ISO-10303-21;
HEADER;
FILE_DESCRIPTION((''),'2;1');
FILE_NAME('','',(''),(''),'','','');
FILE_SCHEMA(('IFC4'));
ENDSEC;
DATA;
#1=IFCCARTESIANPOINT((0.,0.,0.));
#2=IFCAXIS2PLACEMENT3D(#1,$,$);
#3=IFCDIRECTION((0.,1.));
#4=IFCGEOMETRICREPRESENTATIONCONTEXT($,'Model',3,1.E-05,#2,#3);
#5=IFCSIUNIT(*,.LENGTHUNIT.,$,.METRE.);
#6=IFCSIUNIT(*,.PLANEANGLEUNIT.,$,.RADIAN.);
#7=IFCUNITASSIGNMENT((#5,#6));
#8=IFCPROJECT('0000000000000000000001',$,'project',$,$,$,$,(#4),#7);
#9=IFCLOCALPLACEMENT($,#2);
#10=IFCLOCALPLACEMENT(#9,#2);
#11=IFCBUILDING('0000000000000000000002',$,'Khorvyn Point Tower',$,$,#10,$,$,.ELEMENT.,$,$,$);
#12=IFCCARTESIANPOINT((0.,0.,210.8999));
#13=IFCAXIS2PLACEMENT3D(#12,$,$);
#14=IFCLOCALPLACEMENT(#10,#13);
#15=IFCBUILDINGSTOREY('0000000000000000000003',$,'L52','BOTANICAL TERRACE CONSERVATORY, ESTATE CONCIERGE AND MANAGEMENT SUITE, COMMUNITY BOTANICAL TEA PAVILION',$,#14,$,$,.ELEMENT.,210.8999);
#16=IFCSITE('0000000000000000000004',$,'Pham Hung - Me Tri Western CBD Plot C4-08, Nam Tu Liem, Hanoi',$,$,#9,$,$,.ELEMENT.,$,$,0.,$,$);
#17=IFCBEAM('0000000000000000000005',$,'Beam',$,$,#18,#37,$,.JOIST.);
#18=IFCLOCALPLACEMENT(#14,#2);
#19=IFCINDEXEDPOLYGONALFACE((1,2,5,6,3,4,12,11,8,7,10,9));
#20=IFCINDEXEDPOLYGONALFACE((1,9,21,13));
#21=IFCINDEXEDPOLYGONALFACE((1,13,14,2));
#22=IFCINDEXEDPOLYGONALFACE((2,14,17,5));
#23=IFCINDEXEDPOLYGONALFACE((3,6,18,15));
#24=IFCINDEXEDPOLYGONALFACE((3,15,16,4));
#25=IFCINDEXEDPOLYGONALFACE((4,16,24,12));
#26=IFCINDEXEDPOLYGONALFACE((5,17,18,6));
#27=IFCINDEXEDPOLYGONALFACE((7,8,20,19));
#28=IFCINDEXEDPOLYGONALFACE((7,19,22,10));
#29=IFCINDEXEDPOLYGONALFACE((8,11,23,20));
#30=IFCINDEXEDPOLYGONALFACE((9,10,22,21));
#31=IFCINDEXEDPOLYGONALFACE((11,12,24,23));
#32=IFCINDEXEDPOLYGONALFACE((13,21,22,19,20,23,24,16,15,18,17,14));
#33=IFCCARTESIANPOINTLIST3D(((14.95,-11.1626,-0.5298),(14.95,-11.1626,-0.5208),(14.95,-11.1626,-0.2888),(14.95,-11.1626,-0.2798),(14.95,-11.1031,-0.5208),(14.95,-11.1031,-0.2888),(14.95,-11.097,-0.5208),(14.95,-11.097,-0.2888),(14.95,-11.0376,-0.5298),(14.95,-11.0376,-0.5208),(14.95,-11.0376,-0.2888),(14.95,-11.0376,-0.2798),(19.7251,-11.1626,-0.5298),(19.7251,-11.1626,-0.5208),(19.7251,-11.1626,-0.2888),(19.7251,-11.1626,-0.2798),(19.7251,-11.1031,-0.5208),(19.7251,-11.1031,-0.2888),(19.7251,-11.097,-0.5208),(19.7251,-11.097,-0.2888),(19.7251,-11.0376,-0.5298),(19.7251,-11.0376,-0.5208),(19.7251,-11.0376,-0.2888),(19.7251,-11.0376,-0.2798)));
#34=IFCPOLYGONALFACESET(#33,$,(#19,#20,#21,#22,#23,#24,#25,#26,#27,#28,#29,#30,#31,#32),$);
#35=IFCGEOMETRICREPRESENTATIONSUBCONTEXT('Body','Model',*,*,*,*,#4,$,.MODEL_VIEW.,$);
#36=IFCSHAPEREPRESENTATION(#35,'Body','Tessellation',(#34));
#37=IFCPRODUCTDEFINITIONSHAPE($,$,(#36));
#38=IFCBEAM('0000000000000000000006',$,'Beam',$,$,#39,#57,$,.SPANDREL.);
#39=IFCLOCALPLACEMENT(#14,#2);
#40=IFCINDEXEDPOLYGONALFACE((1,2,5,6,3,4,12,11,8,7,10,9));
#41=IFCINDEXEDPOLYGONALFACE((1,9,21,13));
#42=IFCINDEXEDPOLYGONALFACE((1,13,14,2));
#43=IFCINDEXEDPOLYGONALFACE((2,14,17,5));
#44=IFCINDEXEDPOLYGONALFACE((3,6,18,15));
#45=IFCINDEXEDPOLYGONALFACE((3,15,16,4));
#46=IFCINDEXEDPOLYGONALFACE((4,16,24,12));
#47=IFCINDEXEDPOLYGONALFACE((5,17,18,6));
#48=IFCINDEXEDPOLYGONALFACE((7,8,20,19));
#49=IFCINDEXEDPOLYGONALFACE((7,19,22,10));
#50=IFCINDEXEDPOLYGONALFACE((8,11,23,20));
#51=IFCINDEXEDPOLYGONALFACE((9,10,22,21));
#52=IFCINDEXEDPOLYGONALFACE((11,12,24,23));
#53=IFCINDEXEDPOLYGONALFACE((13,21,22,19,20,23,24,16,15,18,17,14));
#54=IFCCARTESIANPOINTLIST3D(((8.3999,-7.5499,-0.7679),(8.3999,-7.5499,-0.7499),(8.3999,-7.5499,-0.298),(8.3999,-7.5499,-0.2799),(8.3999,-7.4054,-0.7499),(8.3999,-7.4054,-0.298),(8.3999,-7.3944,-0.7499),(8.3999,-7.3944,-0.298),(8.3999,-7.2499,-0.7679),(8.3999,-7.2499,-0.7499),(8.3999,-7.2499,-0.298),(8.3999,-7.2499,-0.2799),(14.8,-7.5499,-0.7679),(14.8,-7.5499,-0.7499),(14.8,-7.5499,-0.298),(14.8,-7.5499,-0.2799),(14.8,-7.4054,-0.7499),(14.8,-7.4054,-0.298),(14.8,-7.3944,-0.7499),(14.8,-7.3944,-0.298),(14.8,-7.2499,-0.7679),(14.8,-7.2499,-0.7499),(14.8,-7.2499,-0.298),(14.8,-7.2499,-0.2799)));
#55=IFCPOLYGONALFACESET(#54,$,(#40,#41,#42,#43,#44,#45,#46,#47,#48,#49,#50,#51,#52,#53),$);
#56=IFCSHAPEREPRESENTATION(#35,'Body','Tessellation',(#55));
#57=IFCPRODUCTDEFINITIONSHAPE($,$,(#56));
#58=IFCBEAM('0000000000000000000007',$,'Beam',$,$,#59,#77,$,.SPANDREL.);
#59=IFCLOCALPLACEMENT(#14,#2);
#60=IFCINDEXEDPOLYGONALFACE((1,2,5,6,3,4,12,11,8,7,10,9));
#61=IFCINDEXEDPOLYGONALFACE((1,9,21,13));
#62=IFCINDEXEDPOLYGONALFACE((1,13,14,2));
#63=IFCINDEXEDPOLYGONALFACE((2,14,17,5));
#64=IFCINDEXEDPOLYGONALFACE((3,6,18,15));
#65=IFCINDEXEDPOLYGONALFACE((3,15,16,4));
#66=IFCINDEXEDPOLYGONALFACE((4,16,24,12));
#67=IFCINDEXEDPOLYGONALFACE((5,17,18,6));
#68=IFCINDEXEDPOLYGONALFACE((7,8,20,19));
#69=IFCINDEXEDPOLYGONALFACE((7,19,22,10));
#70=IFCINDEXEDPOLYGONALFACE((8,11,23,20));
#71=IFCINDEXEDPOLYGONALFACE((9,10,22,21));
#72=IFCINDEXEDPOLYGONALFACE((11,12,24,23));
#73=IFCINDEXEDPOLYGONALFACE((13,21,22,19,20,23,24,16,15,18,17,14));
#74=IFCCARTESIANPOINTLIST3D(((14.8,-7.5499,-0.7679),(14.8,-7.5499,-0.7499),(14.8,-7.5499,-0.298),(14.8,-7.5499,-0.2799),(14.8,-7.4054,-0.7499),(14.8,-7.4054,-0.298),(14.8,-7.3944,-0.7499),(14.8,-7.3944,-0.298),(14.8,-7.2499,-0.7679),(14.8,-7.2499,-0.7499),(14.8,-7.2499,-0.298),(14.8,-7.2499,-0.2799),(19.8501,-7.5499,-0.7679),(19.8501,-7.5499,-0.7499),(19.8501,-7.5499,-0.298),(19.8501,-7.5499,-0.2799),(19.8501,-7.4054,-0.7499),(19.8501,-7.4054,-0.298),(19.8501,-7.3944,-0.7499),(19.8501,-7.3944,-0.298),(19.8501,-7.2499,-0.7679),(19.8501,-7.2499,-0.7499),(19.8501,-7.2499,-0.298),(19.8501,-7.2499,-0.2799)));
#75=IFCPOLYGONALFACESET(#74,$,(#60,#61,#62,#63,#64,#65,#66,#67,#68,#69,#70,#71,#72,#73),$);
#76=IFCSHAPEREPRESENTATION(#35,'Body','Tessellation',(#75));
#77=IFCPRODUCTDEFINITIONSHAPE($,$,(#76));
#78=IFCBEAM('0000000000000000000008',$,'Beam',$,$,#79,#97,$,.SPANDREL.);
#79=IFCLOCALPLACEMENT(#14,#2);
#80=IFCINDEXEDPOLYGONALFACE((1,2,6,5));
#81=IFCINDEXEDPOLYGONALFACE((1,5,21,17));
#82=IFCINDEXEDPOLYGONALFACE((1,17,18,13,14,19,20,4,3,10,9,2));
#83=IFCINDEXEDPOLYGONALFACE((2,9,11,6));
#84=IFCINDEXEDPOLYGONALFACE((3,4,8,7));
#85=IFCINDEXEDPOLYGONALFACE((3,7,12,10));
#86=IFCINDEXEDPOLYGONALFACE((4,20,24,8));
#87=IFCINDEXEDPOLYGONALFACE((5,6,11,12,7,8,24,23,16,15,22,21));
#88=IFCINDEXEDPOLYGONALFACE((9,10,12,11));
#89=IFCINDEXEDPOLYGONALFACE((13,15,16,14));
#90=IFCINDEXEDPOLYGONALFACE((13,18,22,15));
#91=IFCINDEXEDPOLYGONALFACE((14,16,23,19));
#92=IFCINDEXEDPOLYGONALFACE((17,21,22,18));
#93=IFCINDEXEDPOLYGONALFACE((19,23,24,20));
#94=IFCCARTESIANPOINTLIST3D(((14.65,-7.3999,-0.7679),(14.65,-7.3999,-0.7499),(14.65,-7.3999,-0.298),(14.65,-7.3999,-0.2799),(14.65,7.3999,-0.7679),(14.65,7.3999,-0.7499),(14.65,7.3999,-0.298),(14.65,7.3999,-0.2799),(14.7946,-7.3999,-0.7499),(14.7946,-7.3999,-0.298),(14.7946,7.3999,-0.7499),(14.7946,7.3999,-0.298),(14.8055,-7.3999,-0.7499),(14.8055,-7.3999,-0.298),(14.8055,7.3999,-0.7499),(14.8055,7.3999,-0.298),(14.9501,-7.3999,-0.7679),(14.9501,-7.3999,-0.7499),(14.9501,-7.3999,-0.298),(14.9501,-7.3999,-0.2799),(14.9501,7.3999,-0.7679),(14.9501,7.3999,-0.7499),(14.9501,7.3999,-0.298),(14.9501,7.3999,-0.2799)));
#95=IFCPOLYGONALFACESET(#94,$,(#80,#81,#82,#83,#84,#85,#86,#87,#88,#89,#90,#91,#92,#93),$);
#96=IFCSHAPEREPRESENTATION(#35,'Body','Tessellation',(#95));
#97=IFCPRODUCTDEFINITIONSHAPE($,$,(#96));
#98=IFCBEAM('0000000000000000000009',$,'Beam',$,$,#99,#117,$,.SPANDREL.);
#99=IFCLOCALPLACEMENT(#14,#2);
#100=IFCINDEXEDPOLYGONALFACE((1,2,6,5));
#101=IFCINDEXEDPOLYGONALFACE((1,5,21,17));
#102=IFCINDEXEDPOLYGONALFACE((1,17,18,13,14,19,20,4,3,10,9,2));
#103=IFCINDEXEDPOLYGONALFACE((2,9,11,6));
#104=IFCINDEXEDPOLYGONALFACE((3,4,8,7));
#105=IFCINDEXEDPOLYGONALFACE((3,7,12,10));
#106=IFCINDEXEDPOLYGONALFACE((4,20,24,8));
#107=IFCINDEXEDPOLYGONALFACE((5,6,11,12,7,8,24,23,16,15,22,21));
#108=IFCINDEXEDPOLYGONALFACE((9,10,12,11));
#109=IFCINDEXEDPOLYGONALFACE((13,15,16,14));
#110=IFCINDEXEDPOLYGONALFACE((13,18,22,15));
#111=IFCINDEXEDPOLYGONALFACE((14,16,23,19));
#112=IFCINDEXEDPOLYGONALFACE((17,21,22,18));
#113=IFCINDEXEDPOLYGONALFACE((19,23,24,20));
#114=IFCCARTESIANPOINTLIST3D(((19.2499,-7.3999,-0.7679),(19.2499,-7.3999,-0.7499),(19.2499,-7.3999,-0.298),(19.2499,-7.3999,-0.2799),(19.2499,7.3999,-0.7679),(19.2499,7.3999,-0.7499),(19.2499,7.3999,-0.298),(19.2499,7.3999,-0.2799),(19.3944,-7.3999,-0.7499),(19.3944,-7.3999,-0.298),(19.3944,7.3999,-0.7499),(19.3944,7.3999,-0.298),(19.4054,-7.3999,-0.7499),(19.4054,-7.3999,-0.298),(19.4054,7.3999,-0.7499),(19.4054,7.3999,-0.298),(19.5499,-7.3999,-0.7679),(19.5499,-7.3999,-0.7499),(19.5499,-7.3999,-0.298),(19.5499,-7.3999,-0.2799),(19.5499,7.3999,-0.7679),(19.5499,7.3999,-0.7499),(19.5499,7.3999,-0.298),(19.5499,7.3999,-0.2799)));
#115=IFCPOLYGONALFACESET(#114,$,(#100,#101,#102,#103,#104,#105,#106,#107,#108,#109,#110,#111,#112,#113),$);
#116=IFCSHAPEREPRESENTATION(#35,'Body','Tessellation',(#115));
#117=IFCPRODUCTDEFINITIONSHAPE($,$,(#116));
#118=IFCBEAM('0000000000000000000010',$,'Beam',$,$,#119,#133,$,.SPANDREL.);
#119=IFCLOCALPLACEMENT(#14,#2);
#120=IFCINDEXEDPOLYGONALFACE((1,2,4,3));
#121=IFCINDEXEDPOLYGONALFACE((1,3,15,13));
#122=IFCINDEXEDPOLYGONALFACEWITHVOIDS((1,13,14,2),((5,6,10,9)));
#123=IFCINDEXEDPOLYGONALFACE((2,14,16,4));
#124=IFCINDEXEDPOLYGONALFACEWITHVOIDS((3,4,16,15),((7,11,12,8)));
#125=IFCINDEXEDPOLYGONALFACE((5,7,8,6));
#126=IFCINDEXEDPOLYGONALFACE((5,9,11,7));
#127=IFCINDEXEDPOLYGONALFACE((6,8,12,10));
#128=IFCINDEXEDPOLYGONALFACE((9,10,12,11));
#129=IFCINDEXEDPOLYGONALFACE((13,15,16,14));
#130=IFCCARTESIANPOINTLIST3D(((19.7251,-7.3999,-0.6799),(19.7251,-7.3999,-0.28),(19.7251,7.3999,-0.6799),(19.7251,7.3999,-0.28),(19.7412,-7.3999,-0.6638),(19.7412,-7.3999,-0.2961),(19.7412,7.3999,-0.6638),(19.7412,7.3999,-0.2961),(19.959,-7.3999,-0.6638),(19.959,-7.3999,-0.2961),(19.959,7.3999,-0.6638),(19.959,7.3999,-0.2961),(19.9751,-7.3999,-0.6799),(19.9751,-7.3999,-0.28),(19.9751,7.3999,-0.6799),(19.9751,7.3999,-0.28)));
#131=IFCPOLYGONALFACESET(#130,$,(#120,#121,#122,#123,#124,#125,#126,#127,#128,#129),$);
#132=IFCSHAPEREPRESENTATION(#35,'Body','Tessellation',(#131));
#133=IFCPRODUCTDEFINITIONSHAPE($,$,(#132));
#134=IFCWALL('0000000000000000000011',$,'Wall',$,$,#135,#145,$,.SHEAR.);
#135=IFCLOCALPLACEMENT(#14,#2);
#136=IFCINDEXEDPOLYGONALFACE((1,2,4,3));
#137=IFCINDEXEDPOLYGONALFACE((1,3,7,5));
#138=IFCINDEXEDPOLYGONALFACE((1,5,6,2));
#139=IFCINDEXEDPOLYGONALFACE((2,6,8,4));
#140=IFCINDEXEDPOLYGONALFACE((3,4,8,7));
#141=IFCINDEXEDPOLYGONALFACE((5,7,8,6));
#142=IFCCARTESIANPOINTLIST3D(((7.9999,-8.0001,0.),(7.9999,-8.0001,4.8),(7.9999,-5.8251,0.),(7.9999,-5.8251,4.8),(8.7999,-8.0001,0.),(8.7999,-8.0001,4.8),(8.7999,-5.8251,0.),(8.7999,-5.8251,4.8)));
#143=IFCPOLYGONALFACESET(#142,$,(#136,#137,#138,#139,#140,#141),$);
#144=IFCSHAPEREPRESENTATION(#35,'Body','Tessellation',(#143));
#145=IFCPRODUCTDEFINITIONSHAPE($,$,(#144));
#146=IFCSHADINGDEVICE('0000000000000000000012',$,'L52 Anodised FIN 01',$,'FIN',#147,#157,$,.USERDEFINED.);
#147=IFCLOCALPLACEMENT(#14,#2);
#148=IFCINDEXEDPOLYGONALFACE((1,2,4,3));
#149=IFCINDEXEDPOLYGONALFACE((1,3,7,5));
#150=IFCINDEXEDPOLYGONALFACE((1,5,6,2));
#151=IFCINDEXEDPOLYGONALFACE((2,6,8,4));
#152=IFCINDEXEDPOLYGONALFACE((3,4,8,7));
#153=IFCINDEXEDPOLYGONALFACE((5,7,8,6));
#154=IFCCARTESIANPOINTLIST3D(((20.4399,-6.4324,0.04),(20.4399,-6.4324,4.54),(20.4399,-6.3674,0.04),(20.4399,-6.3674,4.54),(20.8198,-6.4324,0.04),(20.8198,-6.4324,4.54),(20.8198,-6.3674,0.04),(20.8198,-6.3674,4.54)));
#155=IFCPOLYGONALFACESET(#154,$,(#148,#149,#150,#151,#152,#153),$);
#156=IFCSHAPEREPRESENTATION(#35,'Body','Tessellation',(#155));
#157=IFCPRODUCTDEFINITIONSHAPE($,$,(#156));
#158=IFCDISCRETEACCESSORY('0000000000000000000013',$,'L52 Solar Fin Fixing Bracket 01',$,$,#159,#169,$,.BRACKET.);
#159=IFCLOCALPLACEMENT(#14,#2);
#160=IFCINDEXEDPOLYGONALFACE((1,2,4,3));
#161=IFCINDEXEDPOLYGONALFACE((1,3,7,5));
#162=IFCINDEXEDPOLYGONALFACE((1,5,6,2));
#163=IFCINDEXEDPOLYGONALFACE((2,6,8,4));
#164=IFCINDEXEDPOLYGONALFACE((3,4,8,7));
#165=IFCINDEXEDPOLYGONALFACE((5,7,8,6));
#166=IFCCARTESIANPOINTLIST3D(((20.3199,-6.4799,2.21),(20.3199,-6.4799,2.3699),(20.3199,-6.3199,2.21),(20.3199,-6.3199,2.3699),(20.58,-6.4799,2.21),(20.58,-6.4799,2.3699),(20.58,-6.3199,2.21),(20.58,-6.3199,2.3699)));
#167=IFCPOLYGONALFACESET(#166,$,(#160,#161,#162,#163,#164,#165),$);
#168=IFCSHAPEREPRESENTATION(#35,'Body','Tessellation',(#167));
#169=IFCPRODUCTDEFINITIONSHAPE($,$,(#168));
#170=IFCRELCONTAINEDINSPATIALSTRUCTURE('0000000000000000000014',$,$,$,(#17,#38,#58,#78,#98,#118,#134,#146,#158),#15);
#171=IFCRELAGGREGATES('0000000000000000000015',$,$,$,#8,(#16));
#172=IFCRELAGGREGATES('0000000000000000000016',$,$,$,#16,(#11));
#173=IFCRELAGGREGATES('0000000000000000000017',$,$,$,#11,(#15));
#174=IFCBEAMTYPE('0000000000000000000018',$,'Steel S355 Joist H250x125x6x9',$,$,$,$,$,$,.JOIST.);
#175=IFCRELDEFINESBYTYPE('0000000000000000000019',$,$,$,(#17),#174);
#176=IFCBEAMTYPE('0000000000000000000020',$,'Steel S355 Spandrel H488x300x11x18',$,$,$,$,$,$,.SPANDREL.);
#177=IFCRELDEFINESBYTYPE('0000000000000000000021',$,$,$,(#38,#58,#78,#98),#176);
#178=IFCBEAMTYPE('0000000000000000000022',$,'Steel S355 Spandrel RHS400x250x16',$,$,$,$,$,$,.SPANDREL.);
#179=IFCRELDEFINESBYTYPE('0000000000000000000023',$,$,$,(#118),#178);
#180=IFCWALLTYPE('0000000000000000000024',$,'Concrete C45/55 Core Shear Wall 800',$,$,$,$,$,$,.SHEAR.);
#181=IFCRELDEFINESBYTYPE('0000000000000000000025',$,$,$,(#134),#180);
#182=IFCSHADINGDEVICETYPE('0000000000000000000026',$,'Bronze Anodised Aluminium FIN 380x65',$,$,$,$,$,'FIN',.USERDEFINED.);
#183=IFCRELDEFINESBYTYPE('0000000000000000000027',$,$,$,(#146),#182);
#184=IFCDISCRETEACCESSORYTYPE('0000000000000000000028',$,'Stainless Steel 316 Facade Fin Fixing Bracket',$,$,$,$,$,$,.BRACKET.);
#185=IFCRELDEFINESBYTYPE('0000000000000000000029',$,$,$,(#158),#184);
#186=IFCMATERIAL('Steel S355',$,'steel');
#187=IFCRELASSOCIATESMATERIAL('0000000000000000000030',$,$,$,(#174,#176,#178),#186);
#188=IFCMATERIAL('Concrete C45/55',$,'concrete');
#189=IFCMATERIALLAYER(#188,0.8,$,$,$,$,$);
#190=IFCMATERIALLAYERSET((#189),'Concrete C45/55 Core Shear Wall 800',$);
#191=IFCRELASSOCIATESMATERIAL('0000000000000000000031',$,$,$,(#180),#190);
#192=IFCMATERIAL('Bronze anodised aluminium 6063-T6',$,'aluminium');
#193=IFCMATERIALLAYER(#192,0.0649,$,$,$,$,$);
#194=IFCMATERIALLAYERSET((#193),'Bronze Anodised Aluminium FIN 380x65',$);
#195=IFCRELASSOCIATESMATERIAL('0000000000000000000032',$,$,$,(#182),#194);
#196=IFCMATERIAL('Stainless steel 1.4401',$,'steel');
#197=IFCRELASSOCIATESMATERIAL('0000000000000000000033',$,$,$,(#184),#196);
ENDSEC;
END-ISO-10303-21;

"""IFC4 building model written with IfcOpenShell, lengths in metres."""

from ifc_helpers import new_model, si_unit, direction, frame, frame_2d, origin, origin_2d, place, context, subcontext, project, spatial, rectangle, hollow_rectangle, i_section, extrude, material, layer, layer_set, material_profile, profile_set, type_object, element, save


model = new_model("IFC4")

# Units and contexts
model_context = context("Model", 3, precision=1e-05, world=origin(), true_north=direction((0.0, 1.0)))
body_context = subcontext(model_context, "Body", "Model", "MODEL_VIEW")
ifc_project = project(units=[si_unit("LENGTHUNIT", "METRE"), si_unit("PLANEANGLEUNIT", "RADIAN")], contexts=[model_context])

# Site, building, storey
site_placement = place(None, origin())
site = spatial("IfcSite", under=ifc_project, at=site_placement, Name="Pham Hung - Me Tri Western CBD Plot C4-08, Nam Tu Liem, Hanoi", CompositionType="ELEMENT", RefElevation=0.0)
building_placement = place(site_placement, origin())
building = spatial("IfcBuilding", under=site, at=building_placement, Name="Khorvyn Point Tower", CompositionType="ELEMENT")
storey_placement = place(building_placement, frame((0.0, 0.0, 210.8999)))
storey = spatial("IfcBuildingStorey", under=building, at=storey_placement, Name="L52", Description="BOTANICAL TERRACE CONSERVATORY, ESTATE CONCIERGE AND MANAGEMENT SUITE, COMMUNITY BOTANICAL TEA PAVILION", CompositionType="ELEMENT", Elevation=210.8999)

# Shared definitions
ifc_material_1 = material(Name="Concrete C45/55", Category="concrete")

# Beams
ifc_material_2 = material(Name="Steel S355", Category="steel")
ifc_material_profile_1 = material_profile(ifc_material_2, i_section(OverallWidth=0.125, OverallDepth=0.25, WebThickness=0.0061, FlangeThickness=0.009, at=origin_2d()))
ifc_profile_set_1 = profile_set([ifc_material_profile_1], Name="Steel S355 H250x125x6x9")
beam_type_1 = type_object("IfcBeamType", Name="Steel S355 Joist H250x125x6x9", PredefinedType="JOIST", material=ifc_profile_set_1)
beam_1_placement = place(storey_placement, frame((14.95, -11.1001, -0.4048), z_axis=(1.0, 0.0, 0.0), x_axis=(0.0, 1.0, 0.0)))
element("IfcBeam", 1, at=beam_1_placement, inside=storey, type_object=beam_type_1, Name="Beam", PredefinedType="JOIST", context=body_context, shape_type="SweptSolid", body=[
    extrude(i_section(OverallWidth=0.125, OverallDepth=0.25, WebThickness=0.0061, FlangeThickness=0.009, at=origin_2d()), origin(), (0.0, 0.0, 1.0), 4.7751),
])
ifc_material_profile_2 = material_profile(ifc_material_2, i_section(OverallWidth=0.3, OverallDepth=0.488, WebThickness=0.011, FlangeThickness=0.0181, at=origin_2d()))
ifc_profile_set_2 = profile_set([ifc_material_profile_2], Name="Steel S355 H488x300x11x18")
beam_type_2 = type_object("IfcBeamType", Name="Steel S355 Spandrel H488x300x11x18", PredefinedType="SPANDREL", material=ifc_profile_set_2)
beam_2_placement = place(storey_placement, frame((8.3999, -7.3999, -0.5239), z_axis=(1.0, 0.0, 0.0), x_axis=(0.0, 1.0, 0.0)))
element("IfcBeam", 2, at=beam_2_placement, inside=storey, type_object=beam_type_2, Name="Beam", PredefinedType="SPANDREL", context=body_context, shape_type="SweptSolid", body=[
    extrude(i_section(OverallWidth=0.3, OverallDepth=0.488, WebThickness=0.011, FlangeThickness=0.0181, at=origin_2d()), origin(), (0.0, 0.0, 1.0), 6.4001),
])
beam_3_placement = place(storey_placement, frame((14.8, -7.3999, -0.5239), z_axis=(1.0, 0.0, 0.0), x_axis=(0.0, 1.0, 0.0)))
element("IfcBeam", 3, at=beam_3_placement, inside=storey, type_object=beam_type_2, Name="Beam", PredefinedType="SPANDREL", context=body_context, shape_type="SweptSolid", body=[
    extrude(i_section(OverallWidth=0.3, OverallDepth=0.488, WebThickness=0.011, FlangeThickness=0.0181, at=origin_2d()), origin(), (0.0, 0.0, 1.0), 5.05),
])
for number, where, z_axis, x_axis, name in (
    (4, (14.8, -7.3999, -0.5239), (0.0, 1.0, 0.0), (-1.0, 0.0, 0.0), "Beam"),
    (5, (19.3999, -7.3999, -0.5239), (0.0, 1.0, 0.0), (-1.0, 0.0, 0.0), "Beam"),
):
    element("IfcBeam", number, at=place(storey_placement, frame(where, z_axis=z_axis, x_axis=x_axis)), inside=storey, type_object=beam_type_2, Name=name, PredefinedType="SPANDREL", context=body_context, shape_type="SweptSolid", body=[
        extrude(i_section(OverallWidth=0.3, OverallDepth=0.488, WebThickness=0.011, FlangeThickness=0.0181, at=origin_2d()), origin(), (0.0, 0.0, 1.0), 14.7998),
    ])
ifc_material_profile_3 = material_profile(ifc_material_2, hollow_rectangle(XDim=0.25, YDim=0.3999, WallThickness=0.0161, at=origin_2d()))
ifc_profile_set_3 = profile_set([ifc_material_profile_3], Name="Steel S355 RHS400x250x16")
beam_type_3 = type_object("IfcBeamType", Name="Steel S355 Spandrel RHS400x250x16", PredefinedType="SPANDREL", material=ifc_profile_set_3)
beam_4_placement = place(storey_placement, frame((19.8501, -7.3999, -0.48), z_axis=(0.0, 1.0, 0.0), x_axis=(-1.0, 0.0, 0.0)))
element("IfcBeam", 6, at=beam_4_placement, inside=storey, type_object=beam_type_3, Name="Beam", PredefinedType="SPANDREL", context=body_context, shape_type="SweptSolid", body=[
    extrude(hollow_rectangle(XDim=0.25, YDim=0.3999, WallThickness=0.0161, at=origin_2d()), origin(), (0.0, 0.0, 1.0), 14.7998),
])

# Wall
ifc_layer_1 = layer(ifc_material_1, 0.8)
ifc_layer_set_1 = layer_set([ifc_layer_1], Name="Concrete C45/55 Core Shear Wall 800")
wall_type = type_object("IfcWallType", Name="Concrete C45/55 Core Shear Wall 800", PredefinedType="SHEAR", material=ifc_layer_set_1)
wall_placement = place(storey_placement, frame((8.3999, -8.0, 0.0), z_axis=(0.0, 0.0, 1.0), x_axis=(0.0, 1.0, 0.0)))
element("IfcWall", 7, at=wall_placement, inside=storey, type_object=wall_type, Name="Wall", PredefinedType="SHEAR", context=body_context, shape_type="SweptSolid", body=[
    extrude(rectangle(XDim=2.175, YDim=0.8, at=frame_2d((1.0874, 0.0))), origin(), (0.0, 0.0, 1.0), 4.8),
])

# Shading device
ifc_material_3 = material(Name="Bronze anodised aluminium 6063-T6", Category="aluminium")
ifc_layer_2 = layer(ifc_material_3, 0.0649)
ifc_layer_set_2 = layer_set([ifc_layer_2], Name="Bronze Anodised Aluminium FIN 380x65")
shading_device_type = type_object("IfcShadingDeviceType", Name="Bronze Anodised Aluminium FIN 380x65", ElementType="FIN", PredefinedType="USERDEFINED", material=ifc_layer_set_2)
shading_device_placement = place(storey_placement, frame((20.6299, -6.3999, 0.04), z_axis=(0.0, 0.0, 1.0), x_axis=(1.0, 0.0, 0.0)))
element("IfcShadingDevice", 8, at=shading_device_placement, inside=storey, type_object=shading_device_type, Name="L52 Anodised FIN 01", ObjectType="FIN", PredefinedType="USERDEFINED", context=body_context, shape_type="SweptSolid", body=[
    extrude(rectangle(XDim=0.3799, YDim=0.0649, at=origin_2d()), origin(), (0.0, 0.0, 1.0), 4.5),
])

# Discrete accessory
ifc_material_4 = material(Name="Stainless steel 1.4401", Category="steel")
discrete_accessory_type = type_object("IfcDiscreteAccessoryType", Name="Stainless Steel 316 Facade Fin Fixing Bracket", PredefinedType="BRACKET", material=ifc_material_4)
discrete_accessory_placement = place(storey_placement, frame((20.45, -6.3999, 2.21), z_axis=(0.0, 0.0, 1.0), x_axis=(0.0, -1.0, 0.0)))
element("IfcDiscreteAccessory", 9, at=discrete_accessory_placement, inside=storey, type_object=discrete_accessory_type, Name="L52 Solar Fin Fixing Bracket 01", PredefinedType="BRACKET", context=body_context, shape_type="SweptSolid", body=[
    extrude(rectangle(XDim=0.1599, YDim=0.26, at=origin_2d()), origin(), (0.0, 0.0, 1.0), 0.1599),
])

save(model, "model.ifc")
